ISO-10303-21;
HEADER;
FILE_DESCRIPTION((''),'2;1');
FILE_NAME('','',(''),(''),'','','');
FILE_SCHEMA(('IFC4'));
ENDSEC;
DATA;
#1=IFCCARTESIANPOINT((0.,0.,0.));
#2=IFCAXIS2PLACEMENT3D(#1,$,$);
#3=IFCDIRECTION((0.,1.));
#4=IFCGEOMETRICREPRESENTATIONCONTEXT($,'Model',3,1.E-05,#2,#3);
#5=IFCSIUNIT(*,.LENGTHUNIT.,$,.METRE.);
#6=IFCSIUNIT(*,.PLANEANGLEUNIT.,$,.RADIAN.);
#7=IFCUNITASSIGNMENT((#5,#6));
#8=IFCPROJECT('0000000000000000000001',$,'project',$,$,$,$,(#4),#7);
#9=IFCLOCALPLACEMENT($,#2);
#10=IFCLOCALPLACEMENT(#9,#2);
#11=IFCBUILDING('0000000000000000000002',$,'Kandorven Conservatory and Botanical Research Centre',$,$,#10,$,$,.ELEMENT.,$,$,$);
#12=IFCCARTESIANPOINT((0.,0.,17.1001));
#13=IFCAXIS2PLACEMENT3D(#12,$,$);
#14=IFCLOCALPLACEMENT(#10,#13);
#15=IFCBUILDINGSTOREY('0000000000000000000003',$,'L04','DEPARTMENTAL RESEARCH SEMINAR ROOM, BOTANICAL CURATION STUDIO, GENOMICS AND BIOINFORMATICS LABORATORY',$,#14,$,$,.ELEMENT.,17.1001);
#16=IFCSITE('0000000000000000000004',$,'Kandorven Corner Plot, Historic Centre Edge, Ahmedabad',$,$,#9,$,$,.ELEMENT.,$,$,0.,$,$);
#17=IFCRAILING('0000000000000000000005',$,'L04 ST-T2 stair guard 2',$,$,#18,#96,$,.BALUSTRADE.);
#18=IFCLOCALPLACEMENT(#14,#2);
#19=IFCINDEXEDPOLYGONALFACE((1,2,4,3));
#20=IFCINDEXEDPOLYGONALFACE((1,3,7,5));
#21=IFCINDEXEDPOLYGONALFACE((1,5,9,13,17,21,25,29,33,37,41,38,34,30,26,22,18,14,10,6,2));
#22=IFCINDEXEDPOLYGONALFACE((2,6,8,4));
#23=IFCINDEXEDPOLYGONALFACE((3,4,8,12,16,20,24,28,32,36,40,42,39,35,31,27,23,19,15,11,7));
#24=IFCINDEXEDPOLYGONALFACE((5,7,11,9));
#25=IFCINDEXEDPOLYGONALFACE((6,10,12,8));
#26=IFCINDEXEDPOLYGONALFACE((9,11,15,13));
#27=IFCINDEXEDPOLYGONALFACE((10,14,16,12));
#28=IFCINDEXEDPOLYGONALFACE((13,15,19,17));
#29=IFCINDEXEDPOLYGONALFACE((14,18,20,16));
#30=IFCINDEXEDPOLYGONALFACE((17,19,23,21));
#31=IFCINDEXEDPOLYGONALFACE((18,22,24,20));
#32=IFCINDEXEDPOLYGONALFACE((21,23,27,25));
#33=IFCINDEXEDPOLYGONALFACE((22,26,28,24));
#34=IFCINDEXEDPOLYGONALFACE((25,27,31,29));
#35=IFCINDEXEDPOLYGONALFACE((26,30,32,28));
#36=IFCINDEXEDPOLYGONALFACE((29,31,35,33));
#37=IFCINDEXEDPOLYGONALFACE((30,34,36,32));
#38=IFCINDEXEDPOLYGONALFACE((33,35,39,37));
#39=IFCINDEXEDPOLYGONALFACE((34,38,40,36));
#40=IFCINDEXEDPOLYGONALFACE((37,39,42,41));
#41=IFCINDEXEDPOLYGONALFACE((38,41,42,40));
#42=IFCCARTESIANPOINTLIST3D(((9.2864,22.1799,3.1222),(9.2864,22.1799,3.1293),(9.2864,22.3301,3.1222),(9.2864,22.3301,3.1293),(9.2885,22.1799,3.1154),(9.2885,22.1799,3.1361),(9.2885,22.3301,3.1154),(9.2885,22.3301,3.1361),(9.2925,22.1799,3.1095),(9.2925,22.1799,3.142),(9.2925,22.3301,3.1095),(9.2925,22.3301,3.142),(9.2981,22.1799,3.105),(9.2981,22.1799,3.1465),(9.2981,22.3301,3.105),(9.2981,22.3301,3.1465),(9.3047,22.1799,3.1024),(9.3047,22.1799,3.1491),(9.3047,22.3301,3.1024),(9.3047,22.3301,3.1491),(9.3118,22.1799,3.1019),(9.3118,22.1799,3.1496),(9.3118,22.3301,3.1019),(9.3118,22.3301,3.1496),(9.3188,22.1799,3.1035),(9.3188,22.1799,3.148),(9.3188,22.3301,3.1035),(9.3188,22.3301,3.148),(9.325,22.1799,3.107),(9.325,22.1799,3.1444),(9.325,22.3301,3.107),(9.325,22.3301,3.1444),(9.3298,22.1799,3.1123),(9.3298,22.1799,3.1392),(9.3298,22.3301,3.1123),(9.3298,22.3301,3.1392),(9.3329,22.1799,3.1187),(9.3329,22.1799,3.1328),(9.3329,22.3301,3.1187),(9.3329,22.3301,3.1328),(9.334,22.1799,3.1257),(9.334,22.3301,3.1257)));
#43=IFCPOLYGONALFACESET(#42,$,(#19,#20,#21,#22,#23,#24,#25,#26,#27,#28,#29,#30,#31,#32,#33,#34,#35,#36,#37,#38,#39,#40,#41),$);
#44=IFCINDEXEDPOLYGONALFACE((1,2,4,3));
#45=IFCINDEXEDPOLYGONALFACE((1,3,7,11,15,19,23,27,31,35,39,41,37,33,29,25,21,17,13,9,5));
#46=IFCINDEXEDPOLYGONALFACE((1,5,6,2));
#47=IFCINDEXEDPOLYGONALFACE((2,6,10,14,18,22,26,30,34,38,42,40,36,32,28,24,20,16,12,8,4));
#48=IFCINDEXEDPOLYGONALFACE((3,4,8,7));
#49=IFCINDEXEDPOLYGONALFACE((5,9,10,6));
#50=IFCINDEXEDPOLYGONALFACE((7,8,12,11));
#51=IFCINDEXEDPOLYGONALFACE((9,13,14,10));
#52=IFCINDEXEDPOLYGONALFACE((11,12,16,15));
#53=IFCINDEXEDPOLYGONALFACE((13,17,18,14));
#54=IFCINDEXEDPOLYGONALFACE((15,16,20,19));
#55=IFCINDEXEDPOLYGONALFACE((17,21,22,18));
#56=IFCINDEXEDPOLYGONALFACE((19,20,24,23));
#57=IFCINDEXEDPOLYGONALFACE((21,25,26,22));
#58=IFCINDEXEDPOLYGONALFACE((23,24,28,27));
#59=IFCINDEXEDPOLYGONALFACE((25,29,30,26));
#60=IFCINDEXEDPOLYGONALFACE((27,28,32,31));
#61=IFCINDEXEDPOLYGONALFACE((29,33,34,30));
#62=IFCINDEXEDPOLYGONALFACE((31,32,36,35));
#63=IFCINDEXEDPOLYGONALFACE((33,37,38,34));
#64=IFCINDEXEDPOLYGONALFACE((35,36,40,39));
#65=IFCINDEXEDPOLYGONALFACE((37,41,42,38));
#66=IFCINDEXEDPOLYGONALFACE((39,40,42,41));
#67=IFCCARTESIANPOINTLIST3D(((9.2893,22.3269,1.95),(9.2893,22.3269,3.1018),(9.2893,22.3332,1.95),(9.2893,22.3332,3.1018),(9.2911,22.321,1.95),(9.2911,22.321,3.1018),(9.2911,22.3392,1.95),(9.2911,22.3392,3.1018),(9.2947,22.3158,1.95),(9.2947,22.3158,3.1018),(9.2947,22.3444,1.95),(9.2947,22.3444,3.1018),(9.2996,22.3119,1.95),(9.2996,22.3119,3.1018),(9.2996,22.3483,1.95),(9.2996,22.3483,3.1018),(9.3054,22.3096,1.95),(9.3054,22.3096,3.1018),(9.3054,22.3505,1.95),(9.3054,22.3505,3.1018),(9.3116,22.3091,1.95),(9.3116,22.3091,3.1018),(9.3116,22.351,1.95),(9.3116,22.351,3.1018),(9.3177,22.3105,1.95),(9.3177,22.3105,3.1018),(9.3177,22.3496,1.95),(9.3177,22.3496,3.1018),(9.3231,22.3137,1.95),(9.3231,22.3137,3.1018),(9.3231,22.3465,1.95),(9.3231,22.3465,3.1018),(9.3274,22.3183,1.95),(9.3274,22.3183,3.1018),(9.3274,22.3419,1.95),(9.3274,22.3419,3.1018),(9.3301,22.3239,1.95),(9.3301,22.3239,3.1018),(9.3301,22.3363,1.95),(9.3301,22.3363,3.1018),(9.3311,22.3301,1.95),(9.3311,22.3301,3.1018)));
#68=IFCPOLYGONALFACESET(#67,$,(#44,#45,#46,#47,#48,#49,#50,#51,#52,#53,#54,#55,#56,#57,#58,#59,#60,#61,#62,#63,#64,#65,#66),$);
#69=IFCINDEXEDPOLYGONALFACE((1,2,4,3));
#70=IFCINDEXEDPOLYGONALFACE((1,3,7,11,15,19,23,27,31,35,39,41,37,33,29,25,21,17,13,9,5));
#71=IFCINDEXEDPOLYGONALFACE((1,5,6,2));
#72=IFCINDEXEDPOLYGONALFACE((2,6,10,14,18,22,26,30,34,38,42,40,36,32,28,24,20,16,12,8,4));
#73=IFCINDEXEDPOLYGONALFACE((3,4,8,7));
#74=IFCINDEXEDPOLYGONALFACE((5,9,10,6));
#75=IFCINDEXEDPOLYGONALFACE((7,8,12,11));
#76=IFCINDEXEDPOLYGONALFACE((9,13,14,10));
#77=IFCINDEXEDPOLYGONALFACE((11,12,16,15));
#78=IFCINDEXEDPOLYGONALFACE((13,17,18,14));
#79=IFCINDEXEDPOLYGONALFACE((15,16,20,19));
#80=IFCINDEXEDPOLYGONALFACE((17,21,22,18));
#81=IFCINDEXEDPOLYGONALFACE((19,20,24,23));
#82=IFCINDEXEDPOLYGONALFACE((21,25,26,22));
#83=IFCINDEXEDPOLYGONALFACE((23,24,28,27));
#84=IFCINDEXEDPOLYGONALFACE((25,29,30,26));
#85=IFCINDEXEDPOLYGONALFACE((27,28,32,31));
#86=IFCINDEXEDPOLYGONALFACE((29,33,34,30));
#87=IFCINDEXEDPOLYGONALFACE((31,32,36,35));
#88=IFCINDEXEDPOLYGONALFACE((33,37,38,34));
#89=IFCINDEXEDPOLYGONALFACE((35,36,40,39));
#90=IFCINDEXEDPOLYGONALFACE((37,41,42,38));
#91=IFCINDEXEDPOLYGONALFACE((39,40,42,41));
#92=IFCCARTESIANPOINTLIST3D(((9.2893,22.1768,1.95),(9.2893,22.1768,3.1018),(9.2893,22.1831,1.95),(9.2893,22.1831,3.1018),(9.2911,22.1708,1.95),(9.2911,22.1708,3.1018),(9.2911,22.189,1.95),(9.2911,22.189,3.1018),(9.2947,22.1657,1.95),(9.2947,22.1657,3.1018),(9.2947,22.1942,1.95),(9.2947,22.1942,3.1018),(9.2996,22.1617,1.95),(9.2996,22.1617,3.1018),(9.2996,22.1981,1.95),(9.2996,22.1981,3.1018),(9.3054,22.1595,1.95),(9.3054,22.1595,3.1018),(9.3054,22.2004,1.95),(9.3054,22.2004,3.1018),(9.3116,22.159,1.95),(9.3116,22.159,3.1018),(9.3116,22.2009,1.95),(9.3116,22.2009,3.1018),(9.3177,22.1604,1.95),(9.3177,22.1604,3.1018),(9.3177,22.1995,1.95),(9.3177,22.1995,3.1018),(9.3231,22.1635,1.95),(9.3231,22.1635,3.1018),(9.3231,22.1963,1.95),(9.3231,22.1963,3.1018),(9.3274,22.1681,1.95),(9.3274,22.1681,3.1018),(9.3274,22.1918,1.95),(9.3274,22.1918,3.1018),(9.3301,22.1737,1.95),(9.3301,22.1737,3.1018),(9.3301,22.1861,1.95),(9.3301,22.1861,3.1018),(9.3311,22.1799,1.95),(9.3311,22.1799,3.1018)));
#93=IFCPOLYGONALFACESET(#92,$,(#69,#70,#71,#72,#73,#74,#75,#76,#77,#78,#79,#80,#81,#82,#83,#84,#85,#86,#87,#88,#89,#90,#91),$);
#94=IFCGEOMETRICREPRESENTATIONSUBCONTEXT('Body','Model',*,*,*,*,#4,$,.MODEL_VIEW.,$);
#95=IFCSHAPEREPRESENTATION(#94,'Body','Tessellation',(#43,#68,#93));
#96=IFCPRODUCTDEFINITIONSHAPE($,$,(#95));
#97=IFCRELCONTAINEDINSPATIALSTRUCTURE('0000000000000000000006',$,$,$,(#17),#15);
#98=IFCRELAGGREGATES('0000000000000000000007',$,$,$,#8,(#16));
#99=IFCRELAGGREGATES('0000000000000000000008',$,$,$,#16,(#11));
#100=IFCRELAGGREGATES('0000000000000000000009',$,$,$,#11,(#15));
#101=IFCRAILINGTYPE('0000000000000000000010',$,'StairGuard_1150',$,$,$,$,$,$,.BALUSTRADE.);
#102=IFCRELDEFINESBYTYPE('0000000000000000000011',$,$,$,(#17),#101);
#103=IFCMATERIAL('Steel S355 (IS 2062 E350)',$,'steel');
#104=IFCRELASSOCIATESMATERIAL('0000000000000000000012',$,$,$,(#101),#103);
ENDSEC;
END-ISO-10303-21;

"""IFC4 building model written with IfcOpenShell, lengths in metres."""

from ifc_helpers import new_model, si_unit, direction, frame, origin, origin_2d, place, context, subcontext, project, spatial, circle, extrude, material, type_object, element, save


model = new_model("IFC4")

# Units and contexts
model_context = context("Model", 3, precision=1e-05, world=origin(), true_north=direction((0.0, 1.0)))
body_context = subcontext(model_context, "Body", "Model", "MODEL_VIEW")
ifc_project = project(units=[si_unit("LENGTHUNIT", "METRE"), si_unit("PLANEANGLEUNIT", "RADIAN")], contexts=[model_context])

# Site, building, storey
site_placement = place(None, origin())
site = spatial("IfcSite", under=ifc_project, at=site_placement, Name="Kandorven Corner Plot, Historic Centre Edge, Ahmedabad", CompositionType="ELEMENT", RefElevation=0.0)
building_placement = place(site_placement, origin())
building = spatial("IfcBuilding", under=site, at=building_placement, Name="Kandorven Conservatory and Botanical Research Centre", CompositionType="ELEMENT")
storey_placement = place(building_placement, frame((0.0, 0.0, 17.1001)))
storey = spatial("IfcBuildingStorey", under=building, at=storey_placement, Name="L04", Description="DEPARTMENTAL RESEARCH SEMINAR ROOM, BOTANICAL CURATION STUDIO, GENOMICS AND BIOINFORMATICS LABORATORY", CompositionType="ELEMENT", Elevation=17.1001)

# Railing
ifc_material_1 = material(Name="Steel S355 (IS 2062 E350)", Category="steel")
railing_type_1 = type_object("IfcRailingType", Name="StairGuard_1150", PredefinedType="BALUSTRADE", material=ifc_material_1)
railing_1_placement = place(storey_placement, frame((9.3101, 22.3301, 1.95)))
element("IfcRailing", 1, at=railing_1_placement, inside=storey, type_object=railing_type_1, Name="L04 ST-T2 stair guard 2", PredefinedType="BALUSTRADE", context=body_context, shape_type="SweptSolid", body=[
    extrude(circle(Radius=0.0239, at=origin_2d()), frame((0.0, 0.0, 1.1758), z_axis=(0.0, -1.0, 0.0), x_axis=(1.0, 0.0, 0.0)), (0.0, 0.0, 1.0), 0.1501),
    extrude(circle(Radius=0.021, at=origin_2d()), origin(), (0.0, 0.0, 1.0), 1.1519),
    extrude(circle(Radius=0.021, at=origin_2d()), frame((0.0, -0.1501, 0.0)), (0.0, 0.0, 1.0), 1.1519),
])

save(model, "model.ifc")
